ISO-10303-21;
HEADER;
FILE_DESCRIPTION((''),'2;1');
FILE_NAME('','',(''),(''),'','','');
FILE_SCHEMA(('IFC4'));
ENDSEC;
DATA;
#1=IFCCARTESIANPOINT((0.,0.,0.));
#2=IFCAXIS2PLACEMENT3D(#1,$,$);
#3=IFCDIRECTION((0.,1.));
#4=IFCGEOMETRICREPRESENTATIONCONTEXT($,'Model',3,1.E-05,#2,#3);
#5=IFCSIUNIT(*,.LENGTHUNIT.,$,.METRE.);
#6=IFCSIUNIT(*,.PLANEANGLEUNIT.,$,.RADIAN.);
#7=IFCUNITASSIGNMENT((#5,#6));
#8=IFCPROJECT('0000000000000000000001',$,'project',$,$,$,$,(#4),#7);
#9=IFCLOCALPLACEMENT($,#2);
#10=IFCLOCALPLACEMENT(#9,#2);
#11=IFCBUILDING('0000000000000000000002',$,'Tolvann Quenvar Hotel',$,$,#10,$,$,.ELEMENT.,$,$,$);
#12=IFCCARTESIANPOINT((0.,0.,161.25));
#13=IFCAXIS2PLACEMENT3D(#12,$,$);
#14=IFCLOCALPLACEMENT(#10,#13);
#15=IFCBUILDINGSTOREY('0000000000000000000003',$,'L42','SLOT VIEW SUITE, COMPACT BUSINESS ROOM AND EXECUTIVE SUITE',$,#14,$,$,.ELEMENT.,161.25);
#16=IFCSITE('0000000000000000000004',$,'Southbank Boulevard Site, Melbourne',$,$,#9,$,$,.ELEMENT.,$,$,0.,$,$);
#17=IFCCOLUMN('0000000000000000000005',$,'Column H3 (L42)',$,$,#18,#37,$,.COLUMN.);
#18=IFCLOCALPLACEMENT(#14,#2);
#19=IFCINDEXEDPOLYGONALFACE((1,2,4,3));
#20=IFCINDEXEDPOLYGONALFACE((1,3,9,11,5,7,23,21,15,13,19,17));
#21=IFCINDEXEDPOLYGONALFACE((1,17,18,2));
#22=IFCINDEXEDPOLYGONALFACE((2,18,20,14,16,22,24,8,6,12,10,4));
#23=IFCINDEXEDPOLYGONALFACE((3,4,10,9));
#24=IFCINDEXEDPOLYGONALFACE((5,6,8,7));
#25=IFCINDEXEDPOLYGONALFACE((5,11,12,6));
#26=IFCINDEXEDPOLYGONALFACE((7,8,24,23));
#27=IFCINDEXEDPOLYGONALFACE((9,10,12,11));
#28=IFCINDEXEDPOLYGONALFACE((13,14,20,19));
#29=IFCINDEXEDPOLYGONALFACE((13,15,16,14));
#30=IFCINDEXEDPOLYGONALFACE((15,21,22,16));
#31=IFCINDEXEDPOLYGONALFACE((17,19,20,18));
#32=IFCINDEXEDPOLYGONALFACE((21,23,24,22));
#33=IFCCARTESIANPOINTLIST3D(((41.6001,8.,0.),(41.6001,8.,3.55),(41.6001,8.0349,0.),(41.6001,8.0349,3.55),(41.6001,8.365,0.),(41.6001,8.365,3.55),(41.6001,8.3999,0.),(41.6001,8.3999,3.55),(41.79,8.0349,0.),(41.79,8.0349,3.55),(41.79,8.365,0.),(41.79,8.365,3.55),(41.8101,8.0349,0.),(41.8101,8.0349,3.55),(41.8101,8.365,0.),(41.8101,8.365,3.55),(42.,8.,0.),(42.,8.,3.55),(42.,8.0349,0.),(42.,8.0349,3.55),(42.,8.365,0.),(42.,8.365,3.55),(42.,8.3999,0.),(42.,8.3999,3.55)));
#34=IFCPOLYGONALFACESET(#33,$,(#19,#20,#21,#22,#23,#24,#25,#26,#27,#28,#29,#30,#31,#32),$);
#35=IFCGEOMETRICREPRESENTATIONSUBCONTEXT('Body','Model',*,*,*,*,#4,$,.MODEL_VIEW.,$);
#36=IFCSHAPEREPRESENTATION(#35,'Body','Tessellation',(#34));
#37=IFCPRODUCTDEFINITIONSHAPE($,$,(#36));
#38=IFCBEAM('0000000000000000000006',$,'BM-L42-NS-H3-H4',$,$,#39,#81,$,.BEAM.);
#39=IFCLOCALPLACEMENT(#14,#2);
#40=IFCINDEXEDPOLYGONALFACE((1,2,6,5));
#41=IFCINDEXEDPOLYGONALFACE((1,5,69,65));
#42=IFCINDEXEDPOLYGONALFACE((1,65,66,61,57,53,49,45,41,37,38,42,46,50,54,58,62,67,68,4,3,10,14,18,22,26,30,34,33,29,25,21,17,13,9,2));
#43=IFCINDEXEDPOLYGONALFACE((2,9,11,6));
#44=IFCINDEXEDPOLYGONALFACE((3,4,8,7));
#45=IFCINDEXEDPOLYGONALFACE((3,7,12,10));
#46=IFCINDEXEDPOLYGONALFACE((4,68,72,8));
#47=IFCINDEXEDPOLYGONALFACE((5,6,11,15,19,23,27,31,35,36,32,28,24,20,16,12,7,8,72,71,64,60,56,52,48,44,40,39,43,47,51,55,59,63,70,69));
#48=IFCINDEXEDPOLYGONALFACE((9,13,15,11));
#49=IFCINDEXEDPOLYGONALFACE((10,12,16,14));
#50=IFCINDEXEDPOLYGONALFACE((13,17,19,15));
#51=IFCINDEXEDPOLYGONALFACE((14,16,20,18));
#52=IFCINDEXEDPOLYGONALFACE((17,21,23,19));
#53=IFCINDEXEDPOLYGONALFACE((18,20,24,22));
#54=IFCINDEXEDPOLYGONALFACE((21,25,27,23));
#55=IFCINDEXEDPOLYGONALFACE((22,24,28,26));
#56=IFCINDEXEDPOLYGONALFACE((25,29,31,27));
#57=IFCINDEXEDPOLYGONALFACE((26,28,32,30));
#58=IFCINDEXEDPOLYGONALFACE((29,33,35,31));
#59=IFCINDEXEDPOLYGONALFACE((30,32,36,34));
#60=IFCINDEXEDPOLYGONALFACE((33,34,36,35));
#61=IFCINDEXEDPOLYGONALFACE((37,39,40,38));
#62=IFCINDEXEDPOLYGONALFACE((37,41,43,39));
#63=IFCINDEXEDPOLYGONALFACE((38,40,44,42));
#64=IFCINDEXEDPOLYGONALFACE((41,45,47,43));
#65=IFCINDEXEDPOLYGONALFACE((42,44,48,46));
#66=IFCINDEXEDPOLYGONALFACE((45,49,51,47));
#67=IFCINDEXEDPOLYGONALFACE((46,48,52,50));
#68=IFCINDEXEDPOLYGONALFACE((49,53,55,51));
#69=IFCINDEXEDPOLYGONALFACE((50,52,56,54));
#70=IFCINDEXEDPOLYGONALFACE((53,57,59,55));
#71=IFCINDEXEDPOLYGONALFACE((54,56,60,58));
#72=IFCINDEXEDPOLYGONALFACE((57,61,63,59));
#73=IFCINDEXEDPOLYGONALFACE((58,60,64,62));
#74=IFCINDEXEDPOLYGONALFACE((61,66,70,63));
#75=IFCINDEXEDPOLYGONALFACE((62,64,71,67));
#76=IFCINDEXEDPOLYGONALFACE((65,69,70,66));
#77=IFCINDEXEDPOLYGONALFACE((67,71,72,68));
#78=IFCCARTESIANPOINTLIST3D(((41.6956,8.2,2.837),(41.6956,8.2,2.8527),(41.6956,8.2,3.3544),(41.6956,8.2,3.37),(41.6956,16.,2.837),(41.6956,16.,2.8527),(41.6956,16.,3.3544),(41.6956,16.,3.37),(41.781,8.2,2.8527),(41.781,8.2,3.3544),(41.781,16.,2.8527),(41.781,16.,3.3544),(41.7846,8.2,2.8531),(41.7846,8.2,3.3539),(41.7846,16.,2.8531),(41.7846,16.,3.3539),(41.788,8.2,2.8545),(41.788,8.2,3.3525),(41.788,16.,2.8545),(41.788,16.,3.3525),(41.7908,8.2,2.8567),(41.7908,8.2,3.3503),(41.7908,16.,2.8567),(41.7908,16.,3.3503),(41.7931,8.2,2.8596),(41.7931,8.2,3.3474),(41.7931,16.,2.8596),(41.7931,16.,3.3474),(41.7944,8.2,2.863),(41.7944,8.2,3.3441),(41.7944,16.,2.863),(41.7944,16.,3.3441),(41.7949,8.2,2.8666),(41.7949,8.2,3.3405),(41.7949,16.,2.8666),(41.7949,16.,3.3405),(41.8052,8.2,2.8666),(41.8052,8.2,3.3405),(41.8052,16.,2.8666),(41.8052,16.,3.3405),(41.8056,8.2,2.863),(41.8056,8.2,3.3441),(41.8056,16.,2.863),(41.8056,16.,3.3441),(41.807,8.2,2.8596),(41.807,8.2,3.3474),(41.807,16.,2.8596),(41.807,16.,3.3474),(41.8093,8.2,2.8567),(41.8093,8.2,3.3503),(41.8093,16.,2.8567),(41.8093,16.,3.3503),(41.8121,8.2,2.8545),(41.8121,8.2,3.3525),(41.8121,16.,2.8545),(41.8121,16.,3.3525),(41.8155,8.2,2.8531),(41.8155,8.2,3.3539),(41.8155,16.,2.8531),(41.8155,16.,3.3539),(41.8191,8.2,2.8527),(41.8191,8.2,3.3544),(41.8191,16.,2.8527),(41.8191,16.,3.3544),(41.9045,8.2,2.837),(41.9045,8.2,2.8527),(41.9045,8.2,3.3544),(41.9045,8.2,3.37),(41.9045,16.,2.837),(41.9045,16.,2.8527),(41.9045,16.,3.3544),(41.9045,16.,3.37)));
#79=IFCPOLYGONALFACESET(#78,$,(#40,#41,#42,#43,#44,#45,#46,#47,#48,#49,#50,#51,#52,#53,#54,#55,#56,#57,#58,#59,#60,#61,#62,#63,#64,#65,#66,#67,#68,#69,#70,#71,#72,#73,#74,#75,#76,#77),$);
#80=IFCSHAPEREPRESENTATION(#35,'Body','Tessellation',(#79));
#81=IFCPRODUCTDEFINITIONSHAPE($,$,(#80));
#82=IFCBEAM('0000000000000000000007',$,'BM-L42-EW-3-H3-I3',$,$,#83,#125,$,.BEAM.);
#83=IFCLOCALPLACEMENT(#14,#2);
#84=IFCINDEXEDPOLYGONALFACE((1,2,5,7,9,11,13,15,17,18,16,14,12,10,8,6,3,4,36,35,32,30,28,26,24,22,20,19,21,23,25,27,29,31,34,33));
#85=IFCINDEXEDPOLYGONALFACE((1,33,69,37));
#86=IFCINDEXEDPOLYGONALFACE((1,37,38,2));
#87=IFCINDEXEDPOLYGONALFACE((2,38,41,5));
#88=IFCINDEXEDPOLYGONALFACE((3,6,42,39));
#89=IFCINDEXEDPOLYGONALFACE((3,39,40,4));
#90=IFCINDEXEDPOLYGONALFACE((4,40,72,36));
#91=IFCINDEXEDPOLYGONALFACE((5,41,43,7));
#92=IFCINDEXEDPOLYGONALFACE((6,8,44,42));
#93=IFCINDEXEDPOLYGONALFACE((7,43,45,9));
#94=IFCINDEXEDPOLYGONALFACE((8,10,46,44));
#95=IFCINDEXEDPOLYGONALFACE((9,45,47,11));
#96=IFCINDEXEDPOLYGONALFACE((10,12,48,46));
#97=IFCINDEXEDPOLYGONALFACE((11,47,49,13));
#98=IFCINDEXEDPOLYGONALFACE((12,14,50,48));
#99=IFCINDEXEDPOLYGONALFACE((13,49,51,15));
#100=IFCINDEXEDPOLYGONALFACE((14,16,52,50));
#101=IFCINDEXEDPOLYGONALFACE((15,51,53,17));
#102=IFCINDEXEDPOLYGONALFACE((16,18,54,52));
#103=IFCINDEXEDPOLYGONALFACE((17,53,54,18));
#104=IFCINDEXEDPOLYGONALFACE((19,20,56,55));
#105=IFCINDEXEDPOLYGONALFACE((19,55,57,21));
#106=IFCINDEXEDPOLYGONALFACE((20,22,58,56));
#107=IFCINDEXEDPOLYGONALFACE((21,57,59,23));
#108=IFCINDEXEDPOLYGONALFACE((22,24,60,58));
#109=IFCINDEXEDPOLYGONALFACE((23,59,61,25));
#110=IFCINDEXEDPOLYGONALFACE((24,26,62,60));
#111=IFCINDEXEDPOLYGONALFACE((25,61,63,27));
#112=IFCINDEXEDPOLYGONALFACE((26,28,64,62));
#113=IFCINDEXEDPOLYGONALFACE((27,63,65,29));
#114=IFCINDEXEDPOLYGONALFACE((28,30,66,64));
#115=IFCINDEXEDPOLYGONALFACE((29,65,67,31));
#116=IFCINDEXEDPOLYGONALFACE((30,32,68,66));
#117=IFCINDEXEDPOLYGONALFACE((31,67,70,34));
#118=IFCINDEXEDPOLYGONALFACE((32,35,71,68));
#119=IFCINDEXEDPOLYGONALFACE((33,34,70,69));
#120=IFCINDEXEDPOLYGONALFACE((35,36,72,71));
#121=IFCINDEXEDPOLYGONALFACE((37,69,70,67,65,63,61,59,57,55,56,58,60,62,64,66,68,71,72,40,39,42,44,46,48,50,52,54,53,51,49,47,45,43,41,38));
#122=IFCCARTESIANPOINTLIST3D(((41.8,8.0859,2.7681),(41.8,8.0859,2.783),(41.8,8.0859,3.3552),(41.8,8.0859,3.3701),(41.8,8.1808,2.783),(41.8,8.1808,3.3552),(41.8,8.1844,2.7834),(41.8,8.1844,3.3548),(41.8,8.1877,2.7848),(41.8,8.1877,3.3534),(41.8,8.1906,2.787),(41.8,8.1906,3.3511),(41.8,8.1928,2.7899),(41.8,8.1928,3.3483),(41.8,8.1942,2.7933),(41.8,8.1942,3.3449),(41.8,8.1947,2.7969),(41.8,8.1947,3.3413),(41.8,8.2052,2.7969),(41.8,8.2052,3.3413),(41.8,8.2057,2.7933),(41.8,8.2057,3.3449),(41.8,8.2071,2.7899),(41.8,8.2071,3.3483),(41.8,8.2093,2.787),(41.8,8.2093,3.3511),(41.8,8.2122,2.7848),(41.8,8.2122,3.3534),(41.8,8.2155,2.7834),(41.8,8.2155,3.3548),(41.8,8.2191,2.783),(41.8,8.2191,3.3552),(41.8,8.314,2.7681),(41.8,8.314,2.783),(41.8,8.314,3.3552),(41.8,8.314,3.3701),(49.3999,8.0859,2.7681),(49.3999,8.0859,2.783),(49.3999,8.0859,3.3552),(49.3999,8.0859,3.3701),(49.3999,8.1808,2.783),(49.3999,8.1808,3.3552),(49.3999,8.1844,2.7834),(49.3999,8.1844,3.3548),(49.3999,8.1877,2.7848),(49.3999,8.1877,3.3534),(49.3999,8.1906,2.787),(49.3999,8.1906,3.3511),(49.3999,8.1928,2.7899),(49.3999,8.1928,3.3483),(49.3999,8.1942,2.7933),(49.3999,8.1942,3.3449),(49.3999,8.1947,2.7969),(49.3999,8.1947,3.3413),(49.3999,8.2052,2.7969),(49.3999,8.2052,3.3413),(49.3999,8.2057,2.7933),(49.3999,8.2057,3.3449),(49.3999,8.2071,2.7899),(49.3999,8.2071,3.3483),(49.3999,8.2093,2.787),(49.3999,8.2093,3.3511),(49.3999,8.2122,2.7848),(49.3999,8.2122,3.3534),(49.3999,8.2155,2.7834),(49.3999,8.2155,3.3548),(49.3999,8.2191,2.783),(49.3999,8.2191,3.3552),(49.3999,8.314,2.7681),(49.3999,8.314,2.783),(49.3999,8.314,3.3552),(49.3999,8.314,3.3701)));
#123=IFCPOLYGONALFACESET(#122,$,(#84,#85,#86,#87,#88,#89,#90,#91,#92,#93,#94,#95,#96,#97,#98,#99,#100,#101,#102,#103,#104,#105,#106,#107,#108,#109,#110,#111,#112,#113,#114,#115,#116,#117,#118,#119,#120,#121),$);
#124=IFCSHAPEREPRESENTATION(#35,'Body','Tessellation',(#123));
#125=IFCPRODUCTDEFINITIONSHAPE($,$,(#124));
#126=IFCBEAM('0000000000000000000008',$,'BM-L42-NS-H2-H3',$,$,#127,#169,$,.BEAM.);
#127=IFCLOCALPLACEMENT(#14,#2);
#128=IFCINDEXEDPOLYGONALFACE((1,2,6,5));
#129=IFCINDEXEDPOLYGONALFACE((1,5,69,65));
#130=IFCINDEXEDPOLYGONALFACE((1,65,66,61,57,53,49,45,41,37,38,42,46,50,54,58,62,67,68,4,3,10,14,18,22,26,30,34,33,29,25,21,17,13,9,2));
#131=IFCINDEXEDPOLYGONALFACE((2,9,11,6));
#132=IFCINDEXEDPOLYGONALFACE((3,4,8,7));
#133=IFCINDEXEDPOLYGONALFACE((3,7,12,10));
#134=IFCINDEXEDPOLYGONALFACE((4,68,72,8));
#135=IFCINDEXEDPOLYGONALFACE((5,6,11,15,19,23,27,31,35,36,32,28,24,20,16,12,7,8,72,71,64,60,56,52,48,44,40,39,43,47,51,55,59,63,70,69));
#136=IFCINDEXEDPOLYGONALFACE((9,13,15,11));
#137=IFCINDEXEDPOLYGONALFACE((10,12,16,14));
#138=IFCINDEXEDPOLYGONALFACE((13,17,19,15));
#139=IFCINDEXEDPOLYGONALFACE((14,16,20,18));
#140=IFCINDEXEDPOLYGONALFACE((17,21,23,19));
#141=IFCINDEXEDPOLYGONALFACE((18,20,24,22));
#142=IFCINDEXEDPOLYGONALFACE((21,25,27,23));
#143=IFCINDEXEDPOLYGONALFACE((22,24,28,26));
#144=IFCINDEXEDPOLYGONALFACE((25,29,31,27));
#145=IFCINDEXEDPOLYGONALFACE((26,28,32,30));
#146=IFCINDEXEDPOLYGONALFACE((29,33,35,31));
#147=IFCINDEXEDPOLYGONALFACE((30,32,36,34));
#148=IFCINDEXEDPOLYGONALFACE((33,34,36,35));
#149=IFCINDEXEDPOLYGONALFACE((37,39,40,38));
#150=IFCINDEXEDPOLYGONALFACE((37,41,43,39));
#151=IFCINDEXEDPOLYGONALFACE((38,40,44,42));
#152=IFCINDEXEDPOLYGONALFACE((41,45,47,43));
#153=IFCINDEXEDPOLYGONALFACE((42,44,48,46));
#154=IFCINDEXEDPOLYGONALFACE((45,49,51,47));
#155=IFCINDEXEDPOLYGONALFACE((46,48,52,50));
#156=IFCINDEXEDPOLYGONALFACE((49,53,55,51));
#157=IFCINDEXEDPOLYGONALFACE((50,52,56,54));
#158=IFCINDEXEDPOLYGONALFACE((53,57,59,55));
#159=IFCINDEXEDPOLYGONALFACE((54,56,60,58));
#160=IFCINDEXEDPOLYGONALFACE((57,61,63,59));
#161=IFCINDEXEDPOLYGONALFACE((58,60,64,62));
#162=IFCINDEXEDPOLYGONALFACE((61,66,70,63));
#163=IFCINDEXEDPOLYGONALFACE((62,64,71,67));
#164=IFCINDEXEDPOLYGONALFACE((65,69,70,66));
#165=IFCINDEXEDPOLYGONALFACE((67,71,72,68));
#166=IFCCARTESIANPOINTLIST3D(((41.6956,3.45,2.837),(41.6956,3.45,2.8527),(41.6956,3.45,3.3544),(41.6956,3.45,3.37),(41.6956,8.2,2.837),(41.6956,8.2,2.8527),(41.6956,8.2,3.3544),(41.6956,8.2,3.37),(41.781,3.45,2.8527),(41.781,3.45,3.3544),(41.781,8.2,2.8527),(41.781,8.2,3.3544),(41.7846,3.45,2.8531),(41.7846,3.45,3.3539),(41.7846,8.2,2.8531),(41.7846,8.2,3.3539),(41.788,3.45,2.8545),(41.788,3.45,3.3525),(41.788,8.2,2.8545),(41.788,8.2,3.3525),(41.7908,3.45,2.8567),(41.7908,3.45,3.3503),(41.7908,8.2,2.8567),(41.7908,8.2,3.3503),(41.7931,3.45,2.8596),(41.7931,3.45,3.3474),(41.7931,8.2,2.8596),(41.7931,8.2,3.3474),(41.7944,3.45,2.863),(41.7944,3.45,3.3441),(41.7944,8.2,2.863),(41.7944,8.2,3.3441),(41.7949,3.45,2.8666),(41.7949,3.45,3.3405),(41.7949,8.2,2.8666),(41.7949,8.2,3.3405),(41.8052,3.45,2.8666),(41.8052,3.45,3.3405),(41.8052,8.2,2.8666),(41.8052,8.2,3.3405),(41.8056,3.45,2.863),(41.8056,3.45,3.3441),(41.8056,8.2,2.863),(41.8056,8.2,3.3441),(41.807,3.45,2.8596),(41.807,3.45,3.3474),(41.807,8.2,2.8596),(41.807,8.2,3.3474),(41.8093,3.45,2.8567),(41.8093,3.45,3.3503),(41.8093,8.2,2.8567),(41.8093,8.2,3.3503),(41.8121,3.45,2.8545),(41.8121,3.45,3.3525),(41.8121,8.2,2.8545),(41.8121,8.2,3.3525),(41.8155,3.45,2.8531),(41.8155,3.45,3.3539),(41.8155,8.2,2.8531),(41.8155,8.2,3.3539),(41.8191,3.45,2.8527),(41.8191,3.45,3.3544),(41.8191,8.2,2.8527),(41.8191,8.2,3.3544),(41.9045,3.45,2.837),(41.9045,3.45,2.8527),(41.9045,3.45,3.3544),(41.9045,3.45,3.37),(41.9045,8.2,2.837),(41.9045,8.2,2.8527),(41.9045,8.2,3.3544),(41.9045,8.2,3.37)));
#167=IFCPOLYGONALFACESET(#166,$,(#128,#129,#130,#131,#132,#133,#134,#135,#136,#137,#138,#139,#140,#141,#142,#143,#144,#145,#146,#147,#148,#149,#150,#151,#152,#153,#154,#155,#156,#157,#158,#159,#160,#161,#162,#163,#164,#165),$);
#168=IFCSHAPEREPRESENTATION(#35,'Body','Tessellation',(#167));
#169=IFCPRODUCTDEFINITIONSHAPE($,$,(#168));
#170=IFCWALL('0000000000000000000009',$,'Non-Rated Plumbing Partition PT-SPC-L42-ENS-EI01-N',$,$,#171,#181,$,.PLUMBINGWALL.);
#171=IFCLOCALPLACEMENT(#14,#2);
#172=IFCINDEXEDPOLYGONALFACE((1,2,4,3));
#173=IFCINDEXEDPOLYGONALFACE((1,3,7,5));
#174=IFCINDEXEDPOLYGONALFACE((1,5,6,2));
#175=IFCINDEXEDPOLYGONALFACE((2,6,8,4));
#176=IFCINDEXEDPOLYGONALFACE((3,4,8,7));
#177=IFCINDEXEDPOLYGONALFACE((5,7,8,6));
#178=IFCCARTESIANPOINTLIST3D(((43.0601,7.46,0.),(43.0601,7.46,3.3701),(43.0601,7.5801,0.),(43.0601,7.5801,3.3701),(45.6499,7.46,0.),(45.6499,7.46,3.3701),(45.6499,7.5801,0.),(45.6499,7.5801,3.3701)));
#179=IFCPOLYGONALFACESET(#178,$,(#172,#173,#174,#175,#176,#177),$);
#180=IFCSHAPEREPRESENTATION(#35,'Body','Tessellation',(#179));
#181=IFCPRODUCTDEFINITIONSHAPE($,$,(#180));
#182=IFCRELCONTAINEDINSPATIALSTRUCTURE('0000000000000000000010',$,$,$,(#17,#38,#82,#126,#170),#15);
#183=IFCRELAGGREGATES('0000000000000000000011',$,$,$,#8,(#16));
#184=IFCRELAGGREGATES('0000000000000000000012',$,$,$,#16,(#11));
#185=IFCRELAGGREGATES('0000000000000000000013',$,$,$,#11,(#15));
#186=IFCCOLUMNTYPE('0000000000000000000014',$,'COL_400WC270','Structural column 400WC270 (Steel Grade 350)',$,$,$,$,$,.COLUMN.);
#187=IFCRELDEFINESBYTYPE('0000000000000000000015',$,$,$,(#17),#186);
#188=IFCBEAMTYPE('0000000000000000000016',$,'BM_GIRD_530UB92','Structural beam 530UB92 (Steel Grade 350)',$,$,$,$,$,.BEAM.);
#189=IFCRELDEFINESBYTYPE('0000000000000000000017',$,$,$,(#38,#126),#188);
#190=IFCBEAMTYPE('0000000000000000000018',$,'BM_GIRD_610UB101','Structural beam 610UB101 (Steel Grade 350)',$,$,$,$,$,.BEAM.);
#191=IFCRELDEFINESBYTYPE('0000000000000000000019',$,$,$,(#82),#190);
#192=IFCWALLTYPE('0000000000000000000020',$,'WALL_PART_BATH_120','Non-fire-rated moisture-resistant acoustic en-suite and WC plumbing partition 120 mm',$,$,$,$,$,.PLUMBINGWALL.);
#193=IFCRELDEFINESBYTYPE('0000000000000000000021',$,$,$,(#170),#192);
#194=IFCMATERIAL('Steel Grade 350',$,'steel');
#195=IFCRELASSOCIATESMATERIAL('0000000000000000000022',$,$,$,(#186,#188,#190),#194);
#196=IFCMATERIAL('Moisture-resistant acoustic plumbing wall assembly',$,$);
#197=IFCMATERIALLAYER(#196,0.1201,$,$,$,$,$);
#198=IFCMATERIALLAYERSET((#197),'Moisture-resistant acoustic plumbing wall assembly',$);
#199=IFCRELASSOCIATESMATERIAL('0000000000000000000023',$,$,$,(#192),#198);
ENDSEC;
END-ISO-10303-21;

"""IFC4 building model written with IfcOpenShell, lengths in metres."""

from ifc_helpers import new_model, si_unit, direction, frame, frame_2d, origin, origin_2d, place, context, subcontext, project, spatial, rectangle, i_section, extrude, source, transform, mapped, material, layer, layer_set, material_profile, profile_set, type_object, type_shapes, element, save


model = new_model("IFC4")

# Units and contexts
model_context = context("Model", 3, precision=1e-05, world=origin(), true_north=direction((0.0, 1.0)))
body_context = subcontext(model_context, "Body", "Model", "MODEL_VIEW")
ifc_project = project(units=[si_unit("LENGTHUNIT", "METRE"), si_unit("PLANEANGLEUNIT", "RADIAN")], contexts=[model_context])

# Site, building, storey
site_placement = place(None, origin())
site = spatial("IfcSite", under=ifc_project, at=site_placement, Name="Southbank Boulevard Site, Melbourne", CompositionType="ELEMENT", RefElevation=0.0)
building_placement = place(site_placement, origin())
building = spatial("IfcBuilding", under=site, at=building_placement, Name="Tolvann Quenvar Hotel", CompositionType="ELEMENT")
storey_placement = place(building_placement, frame((0.0, 0.0, 161.25)))
storey = spatial("IfcBuildingStorey", under=building, at=storey_placement, Name="L42", Description="SLOT VIEW SUITE, COMPACT BUSINESS ROOM AND EXECUTIVE SUITE", CompositionType="ELEMENT", Elevation=161.25)

# Column
ifc_material_1 = material(Name="Steel Grade 350", Category="steel")
ifc_material_profile_1 = material_profile(ifc_material_1, i_section(OverallWidth=0.3999, OverallDepth=0.3999, WebThickness=0.02, FlangeThickness=0.0349, at=origin_2d()), Name="400WC270")
ifc_profile_set_1 = profile_set([ifc_material_profile_1], Name="Steel Grade 350")
column_type = type_object("IfcColumnType", Name="COL_400WC270", Description="Structural column 400WC270 (Steel Grade 350)", PredefinedType="COLUMN", material=ifc_profile_set_1)
shared_shape_1 = source(origin(), body_context, "Body", "SweptSolid", [
    extrude(i_section(OverallWidth=0.3999, OverallDepth=0.3999, WebThickness=0.02, FlangeThickness=0.0349, at=origin_2d()), origin(), (0.0, 0.0, 1.0), 3.55),
])
type_shapes(column_type, [shared_shape_1])
column_placement = place(storey_placement, frame((41.8, 8.2, 0.0), z_axis=(0.0, 0.0, 1.0), x_axis=(1.0, 0.0, 0.0)))
element("IfcColumn", 1, at=column_placement, inside=storey, type_object=column_type, Name="Column H3 (L42)", PredefinedType="COLUMN", context=body_context, shape_type="MappedRepresentation", body=[
    mapped(shared_shape_1, transform((0.0, 0.0, 0.0), x_axis=(1.0, 0.0, 0.0), y_axis=(0.0, 1.0, 0.0), z_axis=(0.0, 0.0, 1.0), scale=1.0)),
])

# Beams
ifc_material_profile_2 = material_profile(ifc_material_1, i_section(OverallWidth=0.209, OverallDepth=0.533, WebThickness=0.0103, FlangeThickness=0.0156, FilletRadius=0.0139, at=origin_2d()), Name="530UB92")
ifc_profile_set_2 = profile_set([ifc_material_profile_2], Name="Steel Grade 350")
beam_type_1 = type_object("IfcBeamType", Name="BM_GIRD_530UB92", Description="Structural beam 530UB92 (Steel Grade 350)", PredefinedType="BEAM", material=ifc_profile_set_2)
shared_shape_2 = source(origin(), body_context, "Body", "SweptSolid", [
    extrude(i_section(OverallWidth=0.209, OverallDepth=0.533, WebThickness=0.0103, FlangeThickness=0.0156, FilletRadius=0.0139, at=origin_2d()), origin(), (0.0, 0.0, 1.0), 7.8),
])
beam_1_placement = place(storey_placement, frame((41.8, 8.2, 3.1035), z_axis=(0.0, 1.0, 0.0), x_axis=(-1.0, 0.0, 0.0)))
element("IfcBeam", 2, at=beam_1_placement, inside=storey, type_object=beam_type_1, Name="BM-L42-NS-H3-H4", PredefinedType="BEAM", context=body_context, shape_type="MappedRepresentation", body=[
    mapped(shared_shape_2, transform((0.0, 0.0, 0.0), x_axis=(1.0, 0.0, 0.0), y_axis=(0.0, 1.0, 0.0), z_axis=(0.0, 0.0, 1.0), scale=1.0)),
])
ifc_material_profile_3 = material_profile(ifc_material_1, i_section(OverallWidth=0.228, OverallDepth=0.6021, WebThickness=0.0105, FlangeThickness=0.0149, FilletRadius=0.0139, at=origin_2d()), Name="610UB101")
ifc_profile_set_3 = profile_set([ifc_material_profile_3], Name="Steel Grade 350")
beam_type_2 = type_object("IfcBeamType", Name="BM_GIRD_610UB101", Description="Structural beam 610UB101 (Steel Grade 350)", PredefinedType="BEAM", material=ifc_profile_set_3)
shared_shape_3 = source(origin(), body_context, "Body", "SweptSolid", [
    extrude(i_section(OverallWidth=0.228, OverallDepth=0.6021, WebThickness=0.0105, FlangeThickness=0.0149, FilletRadius=0.0139, at=origin_2d()), origin(), (0.0, 0.0, 1.0), 7.5999),
])
type_shapes(beam_type_2, [shared_shape_3])
beam_2_placement = place(storey_placement, frame((41.8, 8.2, 3.0691), z_axis=(1.0, 0.0, 0.0), x_axis=(0.0, 1.0, 0.0)))
element("IfcBeam", 3, at=beam_2_placement, inside=storey, type_object=beam_type_2, Name="BM-L42-EW-3-H3-I3", PredefinedType="BEAM", context=body_context, shape_type="MappedRepresentation", body=[
    mapped(shared_shape_3, transform((0.0, 0.0, 0.0), x_axis=(1.0, 0.0, 0.0), y_axis=(0.0, 1.0, 0.0), z_axis=(0.0, 0.0, 1.0), scale=1.0)),
])
shared_shape_4 = source(origin(), body_context, "Body", "SweptSolid", [
    extrude(i_section(OverallWidth=0.209, OverallDepth=0.533, WebThickness=0.0103, FlangeThickness=0.0156, FilletRadius=0.0139, at=origin_2d()), origin(), (0.0, 0.0, 1.0), 4.75),
])
type_shapes(beam_type_1, [shared_shape_2, shared_shape_4])
beam_3_placement = place(storey_placement, frame((41.8, 3.45, 3.1035), z_axis=(0.0, 1.0, 0.0), x_axis=(-1.0, 0.0, 0.0)))
element("IfcBeam", 4, at=beam_3_placement, inside=storey, type_object=beam_type_1, Name="BM-L42-NS-H2-H3", PredefinedType="BEAM", context=body_context, shape_type="MappedRepresentation", body=[
    mapped(shared_shape_4, transform((0.0, 0.0, 0.0), x_axis=(1.0, 0.0, 0.0), y_axis=(0.0, 1.0, 0.0), z_axis=(0.0, 0.0, 1.0), scale=1.0)),
])

# Wall
ifc_material_2 = material(Name="Moisture-resistant acoustic plumbing wall assembly")
ifc_layer_1 = layer(ifc_material_2, 0.1201)
ifc_layer_set_1 = layer_set([ifc_layer_1], Name="Moisture-resistant acoustic plumbing wall assembly")
wall_type_1 = type_object("IfcWallType", Name="WALL_PART_BATH_120", Description="Non-fire-rated moisture-resistant acoustic en-suite and WC plumbing partition 120 mm", PredefinedType="PLUMBINGWALL", material=ifc_layer_set_1)
wall_1_placement = place(storey_placement, frame((43.0601, 7.52, 0.0), z_axis=(0.0, 0.0, 1.0), x_axis=(1.0, 0.0, 0.0)))
element("IfcWall", 5, at=wall_1_placement, inside=storey, type_object=wall_type_1, Name="Non-Rated Plumbing Partition PT-SPC-L42-ENS-EI01-N", PredefinedType="PLUMBINGWALL", context=body_context, shape_type="SweptSolid", body=[
    extrude(rectangle(XDim=2.5898, YDim=0.1201, at=frame_2d((1.2949, 0.0))), origin(), (0.0, 0.0, 1.0), 3.3701),
])

save(model, "model.ifc")
